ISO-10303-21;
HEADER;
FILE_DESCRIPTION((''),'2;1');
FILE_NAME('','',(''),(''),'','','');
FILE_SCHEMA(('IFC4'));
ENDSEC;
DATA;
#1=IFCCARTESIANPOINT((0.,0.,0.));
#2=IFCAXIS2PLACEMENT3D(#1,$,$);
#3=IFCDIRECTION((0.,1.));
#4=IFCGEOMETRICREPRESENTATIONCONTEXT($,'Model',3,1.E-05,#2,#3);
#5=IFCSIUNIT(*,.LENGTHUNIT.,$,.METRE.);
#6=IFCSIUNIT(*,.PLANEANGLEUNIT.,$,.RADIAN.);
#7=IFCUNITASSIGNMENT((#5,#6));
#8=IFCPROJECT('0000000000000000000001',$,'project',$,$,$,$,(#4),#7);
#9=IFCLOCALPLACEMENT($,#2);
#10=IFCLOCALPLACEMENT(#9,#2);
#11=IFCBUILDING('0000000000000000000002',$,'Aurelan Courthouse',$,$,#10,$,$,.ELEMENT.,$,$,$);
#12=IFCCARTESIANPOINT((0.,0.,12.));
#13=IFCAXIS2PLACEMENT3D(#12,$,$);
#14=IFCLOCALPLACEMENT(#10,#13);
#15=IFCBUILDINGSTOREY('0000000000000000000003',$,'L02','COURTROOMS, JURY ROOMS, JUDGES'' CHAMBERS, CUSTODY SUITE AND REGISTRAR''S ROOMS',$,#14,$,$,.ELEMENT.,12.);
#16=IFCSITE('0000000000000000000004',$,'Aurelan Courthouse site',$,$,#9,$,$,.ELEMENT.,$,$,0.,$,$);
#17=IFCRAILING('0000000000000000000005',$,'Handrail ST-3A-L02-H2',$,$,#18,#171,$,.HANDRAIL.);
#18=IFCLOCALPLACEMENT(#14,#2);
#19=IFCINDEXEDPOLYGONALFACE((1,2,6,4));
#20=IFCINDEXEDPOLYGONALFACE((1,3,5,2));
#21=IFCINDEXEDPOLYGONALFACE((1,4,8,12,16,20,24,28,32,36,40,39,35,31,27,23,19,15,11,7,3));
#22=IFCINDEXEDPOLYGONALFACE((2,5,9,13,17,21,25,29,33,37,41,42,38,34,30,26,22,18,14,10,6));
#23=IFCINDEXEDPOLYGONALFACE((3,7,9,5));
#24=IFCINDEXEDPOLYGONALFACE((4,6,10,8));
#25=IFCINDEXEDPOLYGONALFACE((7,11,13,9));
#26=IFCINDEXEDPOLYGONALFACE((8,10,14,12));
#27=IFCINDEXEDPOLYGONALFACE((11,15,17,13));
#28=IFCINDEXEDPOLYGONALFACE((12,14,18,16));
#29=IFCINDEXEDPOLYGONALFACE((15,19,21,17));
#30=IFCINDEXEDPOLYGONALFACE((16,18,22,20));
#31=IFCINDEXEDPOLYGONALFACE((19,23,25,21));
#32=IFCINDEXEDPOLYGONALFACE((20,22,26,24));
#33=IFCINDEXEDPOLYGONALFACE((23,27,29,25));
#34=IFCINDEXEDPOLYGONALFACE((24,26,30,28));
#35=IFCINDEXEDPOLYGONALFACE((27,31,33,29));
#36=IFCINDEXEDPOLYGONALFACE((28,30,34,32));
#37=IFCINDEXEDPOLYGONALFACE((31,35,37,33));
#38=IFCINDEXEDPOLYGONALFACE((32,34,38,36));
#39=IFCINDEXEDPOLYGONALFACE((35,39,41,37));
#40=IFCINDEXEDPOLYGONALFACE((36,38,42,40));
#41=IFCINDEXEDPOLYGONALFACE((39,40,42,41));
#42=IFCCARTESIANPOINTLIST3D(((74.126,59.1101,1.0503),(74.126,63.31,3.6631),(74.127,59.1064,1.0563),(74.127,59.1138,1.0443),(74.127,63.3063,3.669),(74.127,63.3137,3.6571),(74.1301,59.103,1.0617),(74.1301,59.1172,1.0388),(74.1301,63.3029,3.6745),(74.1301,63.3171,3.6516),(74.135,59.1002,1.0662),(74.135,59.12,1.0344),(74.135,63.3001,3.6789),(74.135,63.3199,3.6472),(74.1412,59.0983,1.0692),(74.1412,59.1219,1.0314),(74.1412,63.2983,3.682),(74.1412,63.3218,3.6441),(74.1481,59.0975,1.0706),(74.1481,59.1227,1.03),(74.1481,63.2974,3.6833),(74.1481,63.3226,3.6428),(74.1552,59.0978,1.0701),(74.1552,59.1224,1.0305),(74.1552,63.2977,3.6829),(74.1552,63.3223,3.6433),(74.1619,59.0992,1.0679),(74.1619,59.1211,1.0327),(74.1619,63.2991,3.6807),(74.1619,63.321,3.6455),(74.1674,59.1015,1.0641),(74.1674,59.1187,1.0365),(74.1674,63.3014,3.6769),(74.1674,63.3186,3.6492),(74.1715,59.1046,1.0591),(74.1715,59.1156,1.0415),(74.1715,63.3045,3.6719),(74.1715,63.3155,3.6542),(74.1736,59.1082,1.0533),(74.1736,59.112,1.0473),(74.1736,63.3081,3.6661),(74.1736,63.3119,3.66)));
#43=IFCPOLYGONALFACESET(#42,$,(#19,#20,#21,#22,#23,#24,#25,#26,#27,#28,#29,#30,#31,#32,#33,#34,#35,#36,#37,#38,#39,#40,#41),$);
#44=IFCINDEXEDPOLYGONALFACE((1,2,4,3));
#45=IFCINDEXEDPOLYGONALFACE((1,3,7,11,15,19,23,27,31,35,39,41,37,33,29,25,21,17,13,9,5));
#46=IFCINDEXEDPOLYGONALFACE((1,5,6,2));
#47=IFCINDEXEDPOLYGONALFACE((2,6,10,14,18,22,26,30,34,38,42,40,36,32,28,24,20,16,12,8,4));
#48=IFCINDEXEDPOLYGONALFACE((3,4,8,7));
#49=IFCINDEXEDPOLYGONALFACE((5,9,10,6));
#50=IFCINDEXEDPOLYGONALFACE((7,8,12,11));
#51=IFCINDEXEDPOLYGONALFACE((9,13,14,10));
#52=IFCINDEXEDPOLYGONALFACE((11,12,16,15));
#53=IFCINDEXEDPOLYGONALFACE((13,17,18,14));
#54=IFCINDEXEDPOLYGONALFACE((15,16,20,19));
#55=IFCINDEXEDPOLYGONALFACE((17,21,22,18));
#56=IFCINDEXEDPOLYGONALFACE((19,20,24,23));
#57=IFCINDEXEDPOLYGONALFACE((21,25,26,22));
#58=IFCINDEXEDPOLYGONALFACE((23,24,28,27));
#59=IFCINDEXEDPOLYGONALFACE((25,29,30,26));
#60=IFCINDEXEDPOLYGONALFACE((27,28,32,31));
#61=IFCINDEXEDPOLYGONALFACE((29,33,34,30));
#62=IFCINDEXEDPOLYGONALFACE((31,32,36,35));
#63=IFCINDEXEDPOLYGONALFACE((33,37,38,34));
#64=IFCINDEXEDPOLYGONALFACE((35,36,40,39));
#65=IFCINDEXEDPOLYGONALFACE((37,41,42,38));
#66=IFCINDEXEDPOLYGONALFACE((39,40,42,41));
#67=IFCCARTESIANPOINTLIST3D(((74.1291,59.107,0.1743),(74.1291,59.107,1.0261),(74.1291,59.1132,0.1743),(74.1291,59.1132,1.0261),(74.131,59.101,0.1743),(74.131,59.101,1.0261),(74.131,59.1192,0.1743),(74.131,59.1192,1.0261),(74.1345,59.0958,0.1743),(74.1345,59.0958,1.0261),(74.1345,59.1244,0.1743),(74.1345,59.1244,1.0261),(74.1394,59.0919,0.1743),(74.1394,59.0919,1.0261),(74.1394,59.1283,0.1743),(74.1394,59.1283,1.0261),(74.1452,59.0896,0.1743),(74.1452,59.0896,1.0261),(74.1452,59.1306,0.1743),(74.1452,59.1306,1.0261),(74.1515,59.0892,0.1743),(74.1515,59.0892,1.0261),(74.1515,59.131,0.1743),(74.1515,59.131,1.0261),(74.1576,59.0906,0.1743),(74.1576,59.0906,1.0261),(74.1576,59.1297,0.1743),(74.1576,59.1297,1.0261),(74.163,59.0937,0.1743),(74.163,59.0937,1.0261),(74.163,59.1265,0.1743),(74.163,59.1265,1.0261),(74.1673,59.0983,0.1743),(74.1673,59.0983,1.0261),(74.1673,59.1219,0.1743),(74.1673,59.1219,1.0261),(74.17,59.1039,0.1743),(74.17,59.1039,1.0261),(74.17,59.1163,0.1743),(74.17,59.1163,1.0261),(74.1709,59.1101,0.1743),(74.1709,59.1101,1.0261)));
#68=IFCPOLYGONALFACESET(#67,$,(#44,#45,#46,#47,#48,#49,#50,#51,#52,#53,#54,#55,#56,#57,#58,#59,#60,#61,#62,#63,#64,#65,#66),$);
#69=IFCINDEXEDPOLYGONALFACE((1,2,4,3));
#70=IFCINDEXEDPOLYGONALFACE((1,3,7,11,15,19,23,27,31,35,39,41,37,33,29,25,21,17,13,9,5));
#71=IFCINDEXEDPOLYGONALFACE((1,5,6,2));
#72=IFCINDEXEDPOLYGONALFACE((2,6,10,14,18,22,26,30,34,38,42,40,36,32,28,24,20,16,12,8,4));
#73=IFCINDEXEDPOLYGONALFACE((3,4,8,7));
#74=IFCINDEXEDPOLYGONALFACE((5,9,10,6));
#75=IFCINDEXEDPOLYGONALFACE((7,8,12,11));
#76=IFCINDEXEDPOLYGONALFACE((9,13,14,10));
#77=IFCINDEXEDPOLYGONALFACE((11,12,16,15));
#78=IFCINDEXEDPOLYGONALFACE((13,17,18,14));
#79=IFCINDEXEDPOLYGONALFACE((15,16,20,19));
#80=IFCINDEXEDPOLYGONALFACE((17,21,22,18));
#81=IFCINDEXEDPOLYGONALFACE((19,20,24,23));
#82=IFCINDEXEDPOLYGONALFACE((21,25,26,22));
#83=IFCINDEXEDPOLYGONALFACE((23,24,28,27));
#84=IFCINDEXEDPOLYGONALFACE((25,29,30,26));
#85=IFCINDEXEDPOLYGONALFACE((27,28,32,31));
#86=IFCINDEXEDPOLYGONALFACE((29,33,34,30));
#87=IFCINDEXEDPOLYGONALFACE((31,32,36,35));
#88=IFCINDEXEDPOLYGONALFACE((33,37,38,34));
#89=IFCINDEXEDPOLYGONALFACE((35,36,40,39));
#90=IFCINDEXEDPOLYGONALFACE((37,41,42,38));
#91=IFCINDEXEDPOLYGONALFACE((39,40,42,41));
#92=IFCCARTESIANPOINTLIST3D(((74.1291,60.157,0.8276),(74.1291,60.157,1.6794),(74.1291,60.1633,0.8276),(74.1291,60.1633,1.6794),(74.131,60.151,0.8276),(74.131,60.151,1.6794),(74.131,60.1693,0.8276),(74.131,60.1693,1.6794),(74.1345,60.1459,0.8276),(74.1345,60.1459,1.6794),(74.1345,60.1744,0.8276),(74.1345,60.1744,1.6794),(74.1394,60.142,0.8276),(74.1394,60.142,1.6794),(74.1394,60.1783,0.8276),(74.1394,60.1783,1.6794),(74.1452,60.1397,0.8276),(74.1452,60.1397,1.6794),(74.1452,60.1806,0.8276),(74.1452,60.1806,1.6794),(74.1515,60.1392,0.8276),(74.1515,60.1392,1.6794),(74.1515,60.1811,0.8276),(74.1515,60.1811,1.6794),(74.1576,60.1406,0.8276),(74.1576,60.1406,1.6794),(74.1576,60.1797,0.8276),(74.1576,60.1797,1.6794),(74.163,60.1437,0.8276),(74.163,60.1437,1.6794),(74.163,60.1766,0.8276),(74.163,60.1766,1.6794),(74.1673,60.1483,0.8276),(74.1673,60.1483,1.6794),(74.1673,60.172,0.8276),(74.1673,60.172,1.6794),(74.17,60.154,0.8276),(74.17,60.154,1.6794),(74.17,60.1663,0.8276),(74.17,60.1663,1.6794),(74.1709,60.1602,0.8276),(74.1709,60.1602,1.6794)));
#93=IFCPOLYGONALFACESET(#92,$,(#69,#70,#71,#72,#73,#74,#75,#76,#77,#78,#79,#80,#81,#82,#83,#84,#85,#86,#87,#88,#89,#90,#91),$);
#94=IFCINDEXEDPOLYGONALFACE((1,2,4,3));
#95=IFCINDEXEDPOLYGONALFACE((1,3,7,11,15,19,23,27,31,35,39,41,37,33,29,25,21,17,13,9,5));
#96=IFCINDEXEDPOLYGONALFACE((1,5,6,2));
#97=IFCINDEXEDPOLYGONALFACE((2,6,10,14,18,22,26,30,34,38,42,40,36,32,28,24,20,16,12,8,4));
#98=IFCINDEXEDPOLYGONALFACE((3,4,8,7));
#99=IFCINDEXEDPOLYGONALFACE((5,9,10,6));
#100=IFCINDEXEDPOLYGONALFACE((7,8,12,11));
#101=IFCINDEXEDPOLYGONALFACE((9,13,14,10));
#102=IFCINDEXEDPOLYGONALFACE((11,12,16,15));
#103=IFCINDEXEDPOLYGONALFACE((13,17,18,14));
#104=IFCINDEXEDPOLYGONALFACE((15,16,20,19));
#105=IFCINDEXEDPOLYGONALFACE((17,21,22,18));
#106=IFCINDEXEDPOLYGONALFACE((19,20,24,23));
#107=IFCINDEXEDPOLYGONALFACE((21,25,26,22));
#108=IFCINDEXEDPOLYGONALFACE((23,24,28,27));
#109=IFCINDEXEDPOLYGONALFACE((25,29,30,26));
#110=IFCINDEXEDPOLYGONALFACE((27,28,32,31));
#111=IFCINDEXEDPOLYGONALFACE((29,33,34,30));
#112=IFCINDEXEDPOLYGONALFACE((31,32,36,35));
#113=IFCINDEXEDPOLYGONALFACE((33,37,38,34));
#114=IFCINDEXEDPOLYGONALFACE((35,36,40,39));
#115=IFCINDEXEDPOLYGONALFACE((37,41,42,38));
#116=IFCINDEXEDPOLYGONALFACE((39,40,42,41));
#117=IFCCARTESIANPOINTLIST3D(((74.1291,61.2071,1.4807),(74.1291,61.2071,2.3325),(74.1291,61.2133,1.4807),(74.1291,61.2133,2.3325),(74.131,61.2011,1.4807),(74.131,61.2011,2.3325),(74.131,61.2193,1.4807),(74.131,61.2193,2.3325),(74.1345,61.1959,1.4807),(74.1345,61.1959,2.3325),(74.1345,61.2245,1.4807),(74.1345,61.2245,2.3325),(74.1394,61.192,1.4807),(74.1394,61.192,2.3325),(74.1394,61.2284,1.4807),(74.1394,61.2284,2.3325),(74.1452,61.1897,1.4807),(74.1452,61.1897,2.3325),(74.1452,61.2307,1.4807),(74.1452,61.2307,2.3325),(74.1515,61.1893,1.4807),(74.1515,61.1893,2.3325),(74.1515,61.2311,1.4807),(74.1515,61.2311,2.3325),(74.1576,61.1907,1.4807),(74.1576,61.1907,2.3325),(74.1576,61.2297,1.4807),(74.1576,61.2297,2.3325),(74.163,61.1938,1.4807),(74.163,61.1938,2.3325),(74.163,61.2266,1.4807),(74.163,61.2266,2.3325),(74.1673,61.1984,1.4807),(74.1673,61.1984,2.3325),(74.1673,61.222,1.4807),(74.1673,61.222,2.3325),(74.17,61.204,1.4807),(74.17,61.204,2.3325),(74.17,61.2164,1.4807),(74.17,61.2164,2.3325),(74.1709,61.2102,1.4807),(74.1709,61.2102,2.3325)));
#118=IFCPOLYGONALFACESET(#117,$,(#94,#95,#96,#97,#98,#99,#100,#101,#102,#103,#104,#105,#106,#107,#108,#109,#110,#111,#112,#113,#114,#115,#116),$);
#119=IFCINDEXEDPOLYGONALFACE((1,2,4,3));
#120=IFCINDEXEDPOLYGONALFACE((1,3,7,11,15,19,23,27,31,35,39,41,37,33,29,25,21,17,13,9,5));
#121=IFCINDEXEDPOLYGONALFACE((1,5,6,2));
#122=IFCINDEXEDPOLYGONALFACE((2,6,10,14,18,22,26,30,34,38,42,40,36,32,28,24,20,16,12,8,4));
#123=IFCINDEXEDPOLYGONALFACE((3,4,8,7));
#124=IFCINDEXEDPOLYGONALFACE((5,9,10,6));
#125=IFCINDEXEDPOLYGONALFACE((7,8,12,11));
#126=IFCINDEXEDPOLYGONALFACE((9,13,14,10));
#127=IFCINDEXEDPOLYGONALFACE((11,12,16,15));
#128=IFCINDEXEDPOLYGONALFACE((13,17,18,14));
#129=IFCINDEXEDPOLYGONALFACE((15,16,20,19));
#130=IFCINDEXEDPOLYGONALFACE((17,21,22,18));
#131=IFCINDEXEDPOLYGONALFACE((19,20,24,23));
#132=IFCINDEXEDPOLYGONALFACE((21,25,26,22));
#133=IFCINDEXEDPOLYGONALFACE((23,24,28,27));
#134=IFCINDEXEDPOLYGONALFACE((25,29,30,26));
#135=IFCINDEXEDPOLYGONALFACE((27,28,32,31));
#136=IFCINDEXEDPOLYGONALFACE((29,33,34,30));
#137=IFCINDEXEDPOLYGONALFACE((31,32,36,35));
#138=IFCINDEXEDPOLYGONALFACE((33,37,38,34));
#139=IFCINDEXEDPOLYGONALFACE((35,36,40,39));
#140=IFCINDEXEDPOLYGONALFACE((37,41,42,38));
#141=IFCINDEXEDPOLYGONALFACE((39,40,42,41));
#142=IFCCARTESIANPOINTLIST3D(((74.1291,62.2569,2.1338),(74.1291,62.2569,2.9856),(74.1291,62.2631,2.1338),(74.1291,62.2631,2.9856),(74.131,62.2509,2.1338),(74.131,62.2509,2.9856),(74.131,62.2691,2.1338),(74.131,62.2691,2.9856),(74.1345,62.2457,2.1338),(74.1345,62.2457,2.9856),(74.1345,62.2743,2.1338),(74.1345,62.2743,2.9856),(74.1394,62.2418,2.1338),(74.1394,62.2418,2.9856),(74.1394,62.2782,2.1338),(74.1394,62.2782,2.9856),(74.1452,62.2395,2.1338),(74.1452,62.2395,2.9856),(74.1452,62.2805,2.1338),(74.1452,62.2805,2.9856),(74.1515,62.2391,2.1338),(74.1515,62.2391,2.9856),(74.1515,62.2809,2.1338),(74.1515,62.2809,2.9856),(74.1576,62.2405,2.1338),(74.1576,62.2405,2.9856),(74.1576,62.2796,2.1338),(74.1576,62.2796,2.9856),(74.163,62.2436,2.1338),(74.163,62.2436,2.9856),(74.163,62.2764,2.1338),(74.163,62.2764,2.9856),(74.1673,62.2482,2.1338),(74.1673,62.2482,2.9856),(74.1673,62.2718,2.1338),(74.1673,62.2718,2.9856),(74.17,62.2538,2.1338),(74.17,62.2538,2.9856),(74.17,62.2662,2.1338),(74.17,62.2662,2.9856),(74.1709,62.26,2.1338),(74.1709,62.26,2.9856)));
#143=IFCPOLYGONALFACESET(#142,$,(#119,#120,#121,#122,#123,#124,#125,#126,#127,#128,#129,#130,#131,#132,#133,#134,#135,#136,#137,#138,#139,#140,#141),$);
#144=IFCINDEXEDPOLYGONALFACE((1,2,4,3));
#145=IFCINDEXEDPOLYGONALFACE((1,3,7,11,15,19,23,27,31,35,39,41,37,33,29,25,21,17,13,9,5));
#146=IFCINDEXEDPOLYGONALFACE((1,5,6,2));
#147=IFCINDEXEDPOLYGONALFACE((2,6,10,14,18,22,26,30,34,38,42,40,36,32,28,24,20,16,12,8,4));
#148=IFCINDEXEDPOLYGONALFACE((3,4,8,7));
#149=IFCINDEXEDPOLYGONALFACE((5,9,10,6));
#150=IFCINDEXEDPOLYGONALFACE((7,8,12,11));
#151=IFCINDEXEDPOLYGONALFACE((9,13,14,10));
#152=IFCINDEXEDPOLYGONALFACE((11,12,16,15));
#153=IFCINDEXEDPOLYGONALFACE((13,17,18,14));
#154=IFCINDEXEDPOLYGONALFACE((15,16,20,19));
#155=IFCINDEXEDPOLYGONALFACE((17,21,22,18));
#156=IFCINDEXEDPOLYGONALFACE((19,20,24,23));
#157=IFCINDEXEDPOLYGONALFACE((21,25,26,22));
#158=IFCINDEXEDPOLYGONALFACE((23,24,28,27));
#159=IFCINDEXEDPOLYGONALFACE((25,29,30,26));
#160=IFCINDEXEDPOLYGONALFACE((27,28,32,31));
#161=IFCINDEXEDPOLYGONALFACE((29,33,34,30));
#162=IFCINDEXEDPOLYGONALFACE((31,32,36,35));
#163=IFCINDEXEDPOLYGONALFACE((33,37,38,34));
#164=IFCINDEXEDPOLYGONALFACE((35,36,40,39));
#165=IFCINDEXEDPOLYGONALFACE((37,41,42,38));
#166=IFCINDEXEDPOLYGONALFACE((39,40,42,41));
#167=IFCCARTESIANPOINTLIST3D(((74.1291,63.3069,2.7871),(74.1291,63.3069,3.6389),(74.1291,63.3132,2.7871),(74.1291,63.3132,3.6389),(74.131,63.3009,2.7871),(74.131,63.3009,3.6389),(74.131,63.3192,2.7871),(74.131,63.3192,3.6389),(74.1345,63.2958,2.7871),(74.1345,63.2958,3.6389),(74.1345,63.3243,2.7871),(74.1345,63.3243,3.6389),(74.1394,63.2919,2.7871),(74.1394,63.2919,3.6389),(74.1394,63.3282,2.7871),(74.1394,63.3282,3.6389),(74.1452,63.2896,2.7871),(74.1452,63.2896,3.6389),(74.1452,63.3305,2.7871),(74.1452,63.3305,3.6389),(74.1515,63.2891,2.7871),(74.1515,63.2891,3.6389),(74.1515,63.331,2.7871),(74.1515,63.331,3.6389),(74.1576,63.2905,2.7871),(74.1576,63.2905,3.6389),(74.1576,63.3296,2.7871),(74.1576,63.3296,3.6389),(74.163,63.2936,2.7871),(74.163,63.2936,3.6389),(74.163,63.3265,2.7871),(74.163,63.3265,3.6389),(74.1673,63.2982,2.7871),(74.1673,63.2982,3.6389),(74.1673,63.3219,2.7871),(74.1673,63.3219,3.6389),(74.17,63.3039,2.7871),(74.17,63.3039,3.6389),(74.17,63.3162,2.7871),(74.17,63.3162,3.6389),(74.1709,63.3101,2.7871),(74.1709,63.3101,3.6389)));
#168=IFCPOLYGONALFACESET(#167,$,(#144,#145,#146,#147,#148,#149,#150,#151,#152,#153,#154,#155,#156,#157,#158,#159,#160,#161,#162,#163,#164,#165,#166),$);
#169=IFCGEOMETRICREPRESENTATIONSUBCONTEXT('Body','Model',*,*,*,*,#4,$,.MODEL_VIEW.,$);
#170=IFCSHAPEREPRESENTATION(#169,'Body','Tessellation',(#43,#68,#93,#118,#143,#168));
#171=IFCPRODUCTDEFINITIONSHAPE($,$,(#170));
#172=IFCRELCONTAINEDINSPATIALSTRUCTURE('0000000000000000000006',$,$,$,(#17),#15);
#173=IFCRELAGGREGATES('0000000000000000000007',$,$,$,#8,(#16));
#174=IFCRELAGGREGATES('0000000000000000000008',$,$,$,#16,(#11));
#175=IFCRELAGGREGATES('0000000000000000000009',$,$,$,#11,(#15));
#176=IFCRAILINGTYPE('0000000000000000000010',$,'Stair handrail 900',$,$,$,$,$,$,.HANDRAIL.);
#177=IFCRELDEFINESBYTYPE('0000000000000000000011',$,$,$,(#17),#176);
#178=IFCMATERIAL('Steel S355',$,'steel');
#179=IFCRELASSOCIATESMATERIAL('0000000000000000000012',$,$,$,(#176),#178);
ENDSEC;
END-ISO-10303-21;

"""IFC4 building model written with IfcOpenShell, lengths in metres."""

from ifc_helpers import new_model, si_unit, direction, frame, origin, origin_2d, place, context, subcontext, project, spatial, circle, extrude, material, type_object, element, save


model = new_model("IFC4")

# Units and contexts
model_context = context("Model", 3, precision=1e-05, world=origin(), true_north=direction((0.0, 1.0)))
body_context = subcontext(model_context, "Body", "Model", "MODEL_VIEW")
ifc_project = project(units=[si_unit("LENGTHUNIT", "METRE"), si_unit("PLANEANGLEUNIT", "RADIAN")], contexts=[model_context])

# Site, building, storey
site_placement = place(None, origin())
site = spatial("IfcSite", under=ifc_project, at=site_placement, Name="Aurelan Courthouse site", CompositionType="ELEMENT", RefElevation=0.0)
building_placement = place(site_placement, origin())
building = spatial("IfcBuilding", under=site, at=building_placement, Name="Aurelan Courthouse", CompositionType="ELEMENT")
storey_placement = place(building_placement, frame((0.0, 0.0, 12.0)))
storey = spatial("IfcBuildingStorey", under=building, at=storey_placement, Name="L02", Description="COURTROOMS, JURY ROOMS, JUDGES' CHAMBERS, CUSTODY SUITE AND REGISTRAR'S ROOMS", CompositionType="ELEMENT", Elevation=12.0)

# Railing
ifc_material_1 = material(Name="Steel S355", Category="steel")
railing_type = type_object("IfcRailingType", Name="Stair handrail 900", PredefinedType="HANDRAIL", material=ifc_material_1)
for number, where, name in (
    (1, (74.1499, 59.1101, 0.1743), "Handrail ST-3A-L02-H2"),
):
    element("IfcRailing", number, at=place(storey_placement, frame(where)), inside=storey, type_object=railing_type, Name=name, PredefinedType="HANDRAIL", context=body_context, shape_type="SweptSolid", body=[
        extrude(circle(Radius=0.0239, at=origin_2d()), frame((0.0, 0.0, 0.876), z_axis=(0.0, 0.849103, 0.528228), x_axis=(-1.0, 0.0, 0.0)), (0.0, 0.0, 1.0), 4.9463),
        extrude(circle(Radius=0.021, at=origin_2d()), origin(), (0.0, 0.0, 1.0), 0.8518),
        extrude(circle(Radius=0.021, at=origin_2d()), frame((0.0, 1.05, 0.6533)), (0.0, 0.0, 1.0), 0.8518),
        extrude(circle(Radius=0.021, at=origin_2d()), frame((0.0, 2.1001, 1.3064)), (0.0, 0.0, 1.0), 0.8518),
        extrude(circle(Radius=0.021, at=origin_2d()), frame((0.0, 3.1499, 1.9595)), (0.0, 0.0, 1.0), 0.8518),
        extrude(circle(Radius=0.021, at=origin_2d()), frame((0.0, 4.2, 2.6128)), (0.0, 0.0, 1.0), 0.8518),
    ])

save(model, "model.ifc")
